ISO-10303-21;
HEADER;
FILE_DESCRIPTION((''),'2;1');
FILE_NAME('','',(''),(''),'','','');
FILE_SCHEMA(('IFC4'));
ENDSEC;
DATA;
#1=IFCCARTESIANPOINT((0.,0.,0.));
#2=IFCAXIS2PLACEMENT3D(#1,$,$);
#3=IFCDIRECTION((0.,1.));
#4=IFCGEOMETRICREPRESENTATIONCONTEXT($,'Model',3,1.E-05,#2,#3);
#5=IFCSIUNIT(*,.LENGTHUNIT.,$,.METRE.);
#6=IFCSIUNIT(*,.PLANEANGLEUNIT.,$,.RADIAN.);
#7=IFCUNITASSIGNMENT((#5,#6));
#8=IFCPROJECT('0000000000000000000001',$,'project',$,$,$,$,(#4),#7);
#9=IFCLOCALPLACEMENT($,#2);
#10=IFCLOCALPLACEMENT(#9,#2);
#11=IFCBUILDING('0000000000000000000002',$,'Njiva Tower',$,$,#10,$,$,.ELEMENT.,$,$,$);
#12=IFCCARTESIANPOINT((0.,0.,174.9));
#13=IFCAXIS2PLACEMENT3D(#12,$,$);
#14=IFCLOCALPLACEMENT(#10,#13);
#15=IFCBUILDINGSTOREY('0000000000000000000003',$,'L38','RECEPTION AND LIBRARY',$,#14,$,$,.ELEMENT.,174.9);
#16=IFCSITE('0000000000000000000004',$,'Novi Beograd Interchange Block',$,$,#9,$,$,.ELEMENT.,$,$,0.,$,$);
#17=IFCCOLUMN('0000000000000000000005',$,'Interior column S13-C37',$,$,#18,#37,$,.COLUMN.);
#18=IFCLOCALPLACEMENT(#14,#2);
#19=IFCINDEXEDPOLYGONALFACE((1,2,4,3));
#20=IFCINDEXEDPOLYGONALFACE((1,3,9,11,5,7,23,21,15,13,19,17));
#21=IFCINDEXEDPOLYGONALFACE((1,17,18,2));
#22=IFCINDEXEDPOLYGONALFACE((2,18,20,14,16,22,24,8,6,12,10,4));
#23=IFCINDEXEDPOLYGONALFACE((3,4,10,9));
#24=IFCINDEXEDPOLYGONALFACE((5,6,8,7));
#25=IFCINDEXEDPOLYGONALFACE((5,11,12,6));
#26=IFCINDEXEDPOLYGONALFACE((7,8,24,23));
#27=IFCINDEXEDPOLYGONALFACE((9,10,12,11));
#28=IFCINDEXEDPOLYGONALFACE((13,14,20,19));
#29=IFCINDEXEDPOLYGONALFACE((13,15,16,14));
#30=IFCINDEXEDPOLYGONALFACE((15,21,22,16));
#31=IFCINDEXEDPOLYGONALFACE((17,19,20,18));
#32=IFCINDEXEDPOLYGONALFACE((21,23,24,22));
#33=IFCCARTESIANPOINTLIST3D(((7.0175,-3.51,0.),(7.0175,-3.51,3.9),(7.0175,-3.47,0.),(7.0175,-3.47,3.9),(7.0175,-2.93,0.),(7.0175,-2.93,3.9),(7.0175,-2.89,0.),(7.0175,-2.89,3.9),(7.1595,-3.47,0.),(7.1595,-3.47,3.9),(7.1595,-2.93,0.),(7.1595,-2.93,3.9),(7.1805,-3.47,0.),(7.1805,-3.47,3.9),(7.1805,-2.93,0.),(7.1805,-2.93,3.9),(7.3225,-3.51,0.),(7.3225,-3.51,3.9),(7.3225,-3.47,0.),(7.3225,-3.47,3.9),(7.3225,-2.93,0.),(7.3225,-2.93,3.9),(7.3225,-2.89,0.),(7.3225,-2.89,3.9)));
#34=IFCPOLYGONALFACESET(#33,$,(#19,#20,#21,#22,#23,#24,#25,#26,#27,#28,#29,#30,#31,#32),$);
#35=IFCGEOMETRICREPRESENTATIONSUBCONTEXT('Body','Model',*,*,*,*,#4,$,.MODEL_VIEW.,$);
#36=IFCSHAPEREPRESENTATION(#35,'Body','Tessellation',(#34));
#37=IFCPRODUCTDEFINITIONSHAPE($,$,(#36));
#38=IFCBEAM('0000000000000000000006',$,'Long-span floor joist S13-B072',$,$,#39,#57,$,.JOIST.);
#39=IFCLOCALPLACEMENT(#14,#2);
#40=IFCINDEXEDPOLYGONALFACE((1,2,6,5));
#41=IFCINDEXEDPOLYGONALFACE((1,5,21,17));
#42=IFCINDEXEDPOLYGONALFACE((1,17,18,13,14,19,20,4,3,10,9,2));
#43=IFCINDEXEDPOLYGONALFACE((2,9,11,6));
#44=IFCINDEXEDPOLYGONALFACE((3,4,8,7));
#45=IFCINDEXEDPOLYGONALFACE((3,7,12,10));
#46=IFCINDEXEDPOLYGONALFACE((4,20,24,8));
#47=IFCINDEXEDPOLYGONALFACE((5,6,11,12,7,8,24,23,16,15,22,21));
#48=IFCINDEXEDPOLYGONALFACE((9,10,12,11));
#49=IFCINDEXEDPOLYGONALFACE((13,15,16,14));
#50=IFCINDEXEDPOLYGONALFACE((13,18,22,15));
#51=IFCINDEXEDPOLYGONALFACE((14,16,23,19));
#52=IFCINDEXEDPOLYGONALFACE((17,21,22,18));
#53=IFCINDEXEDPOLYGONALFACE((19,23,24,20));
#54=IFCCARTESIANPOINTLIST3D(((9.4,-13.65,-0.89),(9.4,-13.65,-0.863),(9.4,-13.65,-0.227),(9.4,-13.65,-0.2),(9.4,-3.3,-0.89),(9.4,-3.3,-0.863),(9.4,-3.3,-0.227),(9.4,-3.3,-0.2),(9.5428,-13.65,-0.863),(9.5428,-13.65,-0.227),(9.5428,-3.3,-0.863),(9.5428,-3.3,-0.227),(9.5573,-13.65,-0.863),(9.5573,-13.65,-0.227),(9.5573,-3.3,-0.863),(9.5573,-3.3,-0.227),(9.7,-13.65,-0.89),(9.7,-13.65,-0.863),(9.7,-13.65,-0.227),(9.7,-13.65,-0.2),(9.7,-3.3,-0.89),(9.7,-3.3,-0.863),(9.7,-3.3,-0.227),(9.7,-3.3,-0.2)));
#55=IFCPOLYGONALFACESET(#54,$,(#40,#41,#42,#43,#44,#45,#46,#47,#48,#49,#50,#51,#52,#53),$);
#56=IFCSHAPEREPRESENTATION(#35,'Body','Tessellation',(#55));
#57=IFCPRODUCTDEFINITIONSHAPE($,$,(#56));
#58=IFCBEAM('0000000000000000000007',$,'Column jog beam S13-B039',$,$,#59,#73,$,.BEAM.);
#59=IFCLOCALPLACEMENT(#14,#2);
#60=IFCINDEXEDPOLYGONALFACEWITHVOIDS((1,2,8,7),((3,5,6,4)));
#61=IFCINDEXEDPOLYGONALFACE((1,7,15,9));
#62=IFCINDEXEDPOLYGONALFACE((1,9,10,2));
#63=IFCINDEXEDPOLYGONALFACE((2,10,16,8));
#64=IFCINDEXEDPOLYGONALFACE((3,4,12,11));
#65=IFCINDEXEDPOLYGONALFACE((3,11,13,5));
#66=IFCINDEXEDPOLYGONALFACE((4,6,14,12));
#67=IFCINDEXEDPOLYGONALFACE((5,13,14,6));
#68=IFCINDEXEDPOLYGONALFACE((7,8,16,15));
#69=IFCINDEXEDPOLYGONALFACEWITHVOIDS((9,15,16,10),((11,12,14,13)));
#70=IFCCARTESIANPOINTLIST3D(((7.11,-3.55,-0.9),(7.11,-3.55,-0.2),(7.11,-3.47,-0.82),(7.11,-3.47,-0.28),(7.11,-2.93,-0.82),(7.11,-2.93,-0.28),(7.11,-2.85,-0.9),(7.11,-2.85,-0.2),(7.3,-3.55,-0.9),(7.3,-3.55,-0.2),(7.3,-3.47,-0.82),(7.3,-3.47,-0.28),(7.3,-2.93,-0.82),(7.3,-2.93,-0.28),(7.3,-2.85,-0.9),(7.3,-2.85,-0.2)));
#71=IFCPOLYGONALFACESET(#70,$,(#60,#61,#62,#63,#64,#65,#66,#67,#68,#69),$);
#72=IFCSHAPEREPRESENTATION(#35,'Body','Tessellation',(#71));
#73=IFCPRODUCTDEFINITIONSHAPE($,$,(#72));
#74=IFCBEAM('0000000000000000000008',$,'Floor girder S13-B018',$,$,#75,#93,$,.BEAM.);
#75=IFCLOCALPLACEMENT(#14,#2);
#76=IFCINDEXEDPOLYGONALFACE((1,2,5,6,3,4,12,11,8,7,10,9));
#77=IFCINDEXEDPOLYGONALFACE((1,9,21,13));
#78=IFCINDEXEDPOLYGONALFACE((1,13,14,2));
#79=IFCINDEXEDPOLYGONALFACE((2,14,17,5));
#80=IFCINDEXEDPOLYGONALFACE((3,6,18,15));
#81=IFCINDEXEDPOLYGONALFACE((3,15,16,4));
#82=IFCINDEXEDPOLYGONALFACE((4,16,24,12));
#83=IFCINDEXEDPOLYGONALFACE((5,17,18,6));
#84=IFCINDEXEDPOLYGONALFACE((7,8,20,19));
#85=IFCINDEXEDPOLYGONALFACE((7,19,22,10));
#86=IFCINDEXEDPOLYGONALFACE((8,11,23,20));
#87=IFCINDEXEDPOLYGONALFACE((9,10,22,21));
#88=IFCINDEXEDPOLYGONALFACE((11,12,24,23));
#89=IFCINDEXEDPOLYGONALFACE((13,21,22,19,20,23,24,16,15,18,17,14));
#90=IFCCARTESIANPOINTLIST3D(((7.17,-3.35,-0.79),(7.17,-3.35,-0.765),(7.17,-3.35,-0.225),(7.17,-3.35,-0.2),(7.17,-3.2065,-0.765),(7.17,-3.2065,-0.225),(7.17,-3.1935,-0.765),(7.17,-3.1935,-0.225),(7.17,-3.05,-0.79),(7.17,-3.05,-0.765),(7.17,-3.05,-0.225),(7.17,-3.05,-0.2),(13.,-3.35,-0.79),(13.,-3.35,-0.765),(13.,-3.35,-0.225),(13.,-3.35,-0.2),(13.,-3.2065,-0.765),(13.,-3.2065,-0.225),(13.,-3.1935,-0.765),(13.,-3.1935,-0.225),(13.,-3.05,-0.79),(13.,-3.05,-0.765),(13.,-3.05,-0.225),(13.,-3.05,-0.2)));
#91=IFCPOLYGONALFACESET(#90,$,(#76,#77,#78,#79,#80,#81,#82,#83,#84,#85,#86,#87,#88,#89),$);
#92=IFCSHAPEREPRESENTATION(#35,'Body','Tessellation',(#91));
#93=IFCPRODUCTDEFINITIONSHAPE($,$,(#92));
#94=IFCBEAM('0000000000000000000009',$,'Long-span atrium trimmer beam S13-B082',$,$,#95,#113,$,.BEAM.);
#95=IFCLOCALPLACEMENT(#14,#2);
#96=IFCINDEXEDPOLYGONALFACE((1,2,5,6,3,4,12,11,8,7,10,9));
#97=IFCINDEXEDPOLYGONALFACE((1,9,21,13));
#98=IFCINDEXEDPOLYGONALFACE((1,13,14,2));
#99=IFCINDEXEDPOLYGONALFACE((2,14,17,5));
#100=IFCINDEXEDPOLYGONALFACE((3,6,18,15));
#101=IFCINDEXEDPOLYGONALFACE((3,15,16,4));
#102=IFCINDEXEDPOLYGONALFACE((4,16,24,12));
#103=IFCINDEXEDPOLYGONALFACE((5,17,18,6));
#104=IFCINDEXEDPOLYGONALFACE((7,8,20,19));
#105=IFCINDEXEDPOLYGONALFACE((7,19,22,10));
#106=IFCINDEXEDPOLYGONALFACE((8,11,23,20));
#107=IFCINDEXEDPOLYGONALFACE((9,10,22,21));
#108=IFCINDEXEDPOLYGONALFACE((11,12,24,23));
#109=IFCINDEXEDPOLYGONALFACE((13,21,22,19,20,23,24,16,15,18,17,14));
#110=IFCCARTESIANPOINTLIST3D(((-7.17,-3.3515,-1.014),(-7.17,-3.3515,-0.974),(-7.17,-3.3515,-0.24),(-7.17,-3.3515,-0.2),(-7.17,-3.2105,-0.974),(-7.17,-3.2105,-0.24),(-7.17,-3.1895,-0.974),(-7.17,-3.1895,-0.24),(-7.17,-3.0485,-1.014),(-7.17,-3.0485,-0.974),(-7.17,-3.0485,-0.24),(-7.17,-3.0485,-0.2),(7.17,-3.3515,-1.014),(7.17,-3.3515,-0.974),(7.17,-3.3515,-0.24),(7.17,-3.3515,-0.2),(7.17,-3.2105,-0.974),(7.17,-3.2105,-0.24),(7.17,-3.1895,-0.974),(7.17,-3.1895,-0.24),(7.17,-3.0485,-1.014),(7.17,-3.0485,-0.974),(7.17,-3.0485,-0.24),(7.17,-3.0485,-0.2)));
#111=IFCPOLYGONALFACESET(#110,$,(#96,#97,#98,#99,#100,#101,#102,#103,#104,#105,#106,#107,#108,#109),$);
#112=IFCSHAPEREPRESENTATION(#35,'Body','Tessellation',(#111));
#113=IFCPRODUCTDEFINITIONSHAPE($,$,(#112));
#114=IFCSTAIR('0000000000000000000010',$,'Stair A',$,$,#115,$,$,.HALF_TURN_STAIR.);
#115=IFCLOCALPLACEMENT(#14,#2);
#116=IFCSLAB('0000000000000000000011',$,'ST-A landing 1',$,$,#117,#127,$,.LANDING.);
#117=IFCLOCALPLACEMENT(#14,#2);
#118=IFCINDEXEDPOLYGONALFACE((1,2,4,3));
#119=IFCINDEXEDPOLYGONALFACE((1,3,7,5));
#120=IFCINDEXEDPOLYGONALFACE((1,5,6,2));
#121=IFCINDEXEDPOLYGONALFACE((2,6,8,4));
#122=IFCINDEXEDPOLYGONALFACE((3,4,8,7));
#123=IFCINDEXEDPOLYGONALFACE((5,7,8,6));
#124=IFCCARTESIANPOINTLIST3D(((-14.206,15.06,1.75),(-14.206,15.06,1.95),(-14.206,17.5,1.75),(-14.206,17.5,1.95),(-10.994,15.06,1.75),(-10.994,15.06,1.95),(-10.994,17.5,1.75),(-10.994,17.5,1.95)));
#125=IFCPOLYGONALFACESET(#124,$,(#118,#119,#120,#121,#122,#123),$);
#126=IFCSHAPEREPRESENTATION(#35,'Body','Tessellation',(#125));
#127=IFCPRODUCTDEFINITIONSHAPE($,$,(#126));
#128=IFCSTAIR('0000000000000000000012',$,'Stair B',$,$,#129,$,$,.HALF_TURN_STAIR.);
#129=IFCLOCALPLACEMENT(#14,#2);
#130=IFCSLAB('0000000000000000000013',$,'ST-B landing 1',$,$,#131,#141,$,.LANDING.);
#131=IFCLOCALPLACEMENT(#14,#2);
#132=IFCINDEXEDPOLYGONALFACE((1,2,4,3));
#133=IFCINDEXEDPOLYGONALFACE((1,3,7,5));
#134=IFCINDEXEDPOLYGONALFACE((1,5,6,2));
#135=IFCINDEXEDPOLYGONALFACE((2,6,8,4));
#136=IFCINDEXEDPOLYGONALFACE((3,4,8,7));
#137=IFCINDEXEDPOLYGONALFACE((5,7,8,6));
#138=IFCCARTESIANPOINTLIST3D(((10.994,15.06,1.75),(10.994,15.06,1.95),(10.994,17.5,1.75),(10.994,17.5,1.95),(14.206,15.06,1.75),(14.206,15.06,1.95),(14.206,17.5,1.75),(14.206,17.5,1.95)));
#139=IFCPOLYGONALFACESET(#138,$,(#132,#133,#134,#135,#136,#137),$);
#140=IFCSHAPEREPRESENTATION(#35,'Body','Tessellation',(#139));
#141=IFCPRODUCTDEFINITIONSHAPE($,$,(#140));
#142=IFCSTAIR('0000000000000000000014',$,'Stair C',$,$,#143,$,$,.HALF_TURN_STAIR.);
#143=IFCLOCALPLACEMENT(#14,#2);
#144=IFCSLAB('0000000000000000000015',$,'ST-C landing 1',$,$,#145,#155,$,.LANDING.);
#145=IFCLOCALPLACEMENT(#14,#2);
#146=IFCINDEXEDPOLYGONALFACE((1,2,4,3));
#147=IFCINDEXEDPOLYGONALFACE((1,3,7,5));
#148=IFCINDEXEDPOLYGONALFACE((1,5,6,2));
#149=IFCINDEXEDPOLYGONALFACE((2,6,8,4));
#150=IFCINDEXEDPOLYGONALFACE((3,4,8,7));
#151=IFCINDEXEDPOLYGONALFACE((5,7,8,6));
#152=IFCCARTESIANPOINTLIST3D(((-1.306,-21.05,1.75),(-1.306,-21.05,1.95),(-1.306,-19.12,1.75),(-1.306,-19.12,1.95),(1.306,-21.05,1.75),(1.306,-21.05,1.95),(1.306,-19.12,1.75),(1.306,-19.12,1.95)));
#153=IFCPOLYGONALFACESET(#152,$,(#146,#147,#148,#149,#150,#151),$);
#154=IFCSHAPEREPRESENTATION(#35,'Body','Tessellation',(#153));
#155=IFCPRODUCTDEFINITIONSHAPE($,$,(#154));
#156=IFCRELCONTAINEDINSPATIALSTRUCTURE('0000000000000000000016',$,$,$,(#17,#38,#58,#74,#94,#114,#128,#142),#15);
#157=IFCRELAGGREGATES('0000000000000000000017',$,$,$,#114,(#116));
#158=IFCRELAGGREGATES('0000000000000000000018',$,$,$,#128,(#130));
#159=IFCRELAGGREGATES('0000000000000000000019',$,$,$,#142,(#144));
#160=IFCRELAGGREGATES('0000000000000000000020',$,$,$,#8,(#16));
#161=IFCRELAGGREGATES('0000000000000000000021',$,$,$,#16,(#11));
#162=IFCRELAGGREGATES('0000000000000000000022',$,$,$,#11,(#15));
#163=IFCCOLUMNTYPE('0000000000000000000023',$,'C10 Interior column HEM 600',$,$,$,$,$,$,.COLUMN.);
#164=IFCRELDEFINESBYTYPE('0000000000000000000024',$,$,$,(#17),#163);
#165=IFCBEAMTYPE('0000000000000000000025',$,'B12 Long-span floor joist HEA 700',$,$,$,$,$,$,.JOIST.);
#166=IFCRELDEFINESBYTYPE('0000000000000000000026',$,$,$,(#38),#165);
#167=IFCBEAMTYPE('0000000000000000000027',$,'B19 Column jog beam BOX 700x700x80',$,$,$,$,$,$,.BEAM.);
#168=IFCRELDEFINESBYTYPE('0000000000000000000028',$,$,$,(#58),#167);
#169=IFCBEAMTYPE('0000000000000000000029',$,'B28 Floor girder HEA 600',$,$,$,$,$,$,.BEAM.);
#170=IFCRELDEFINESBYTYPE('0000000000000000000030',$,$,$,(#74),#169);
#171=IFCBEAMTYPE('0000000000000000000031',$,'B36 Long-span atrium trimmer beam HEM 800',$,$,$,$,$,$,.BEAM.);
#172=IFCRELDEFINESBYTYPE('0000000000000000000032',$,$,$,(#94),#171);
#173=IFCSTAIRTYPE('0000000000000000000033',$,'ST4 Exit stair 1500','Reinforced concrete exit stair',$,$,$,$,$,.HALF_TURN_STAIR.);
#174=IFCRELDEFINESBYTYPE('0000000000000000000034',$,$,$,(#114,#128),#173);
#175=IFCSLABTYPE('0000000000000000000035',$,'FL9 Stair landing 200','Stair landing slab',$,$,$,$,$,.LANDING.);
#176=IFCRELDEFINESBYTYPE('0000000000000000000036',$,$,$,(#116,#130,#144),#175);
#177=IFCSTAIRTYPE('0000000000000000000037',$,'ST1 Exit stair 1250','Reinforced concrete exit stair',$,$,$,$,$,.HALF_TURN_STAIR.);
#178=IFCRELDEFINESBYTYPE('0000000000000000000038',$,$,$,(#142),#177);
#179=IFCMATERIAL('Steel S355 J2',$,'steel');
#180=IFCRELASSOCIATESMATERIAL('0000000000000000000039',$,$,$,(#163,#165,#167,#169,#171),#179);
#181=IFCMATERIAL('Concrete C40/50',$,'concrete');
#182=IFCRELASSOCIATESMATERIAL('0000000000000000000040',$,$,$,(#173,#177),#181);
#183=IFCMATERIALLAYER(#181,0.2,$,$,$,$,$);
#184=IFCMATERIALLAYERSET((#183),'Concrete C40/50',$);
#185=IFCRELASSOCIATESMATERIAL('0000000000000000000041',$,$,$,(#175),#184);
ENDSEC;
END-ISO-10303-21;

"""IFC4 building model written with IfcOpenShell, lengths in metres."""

from ifc_helpers import new_model, si_unit, direction, frame, origin, origin_2d, place, context, subcontext, project, spatial, polyline, hollow_rectangle, i_section, outline, extrude, material, layer, layer_set, material_profile, profile_set, type_object, element, aggregate, save


model = new_model("IFC4")

# Units and contexts
model_context = context("Model", 3, precision=1e-05, world=origin(), true_north=direction((0.0, 1.0)))
body_context = subcontext(model_context, "Body", "Model", "MODEL_VIEW")
ifc_project = project(units=[si_unit("LENGTHUNIT", "METRE"), si_unit("PLANEANGLEUNIT", "RADIAN")], contexts=[model_context])

# Site, building, storey
site_placement = place(None, origin())
site = spatial("IfcSite", under=ifc_project, at=site_placement, Name="Novi Beograd Interchange Block", CompositionType="ELEMENT", RefElevation=0.0)
building_placement = place(site_placement, origin())
building = spatial("IfcBuilding", under=site, at=building_placement, Name="Njiva Tower", CompositionType="ELEMENT")
storey_placement = place(building_placement, frame((0.0, 0.0, 174.9)))
storey = spatial("IfcBuildingStorey", under=building, at=storey_placement, Name="L38", Description="RECEPTION AND LIBRARY", CompositionType="ELEMENT", Elevation=174.9)

# Column
ifc_material_1 = material(Name="Steel S355 J2", Category="steel")
ifc_material_profile_1 = material_profile(ifc_material_1, i_section(OverallWidth=0.305, OverallDepth=0.62, WebThickness=0.021, FlangeThickness=0.04, at=origin_2d()), Name="HEM 600")
ifc_profile_set_1 = profile_set([ifc_material_profile_1], Name="Steel S355 J2")
column_type = type_object("IfcColumnType", Name="C10 Interior column HEM 600", PredefinedType="COLUMN", material=ifc_profile_set_1)
column_placement = place(storey_placement, frame((7.17, -3.2, 0.0), z_axis=(0.0, 0.0, 1.0), x_axis=(1.0, 0.0, 0.0)))
element("IfcColumn", 1, at=column_placement, inside=storey, type_object=column_type, Name="Interior column S13-C37", PredefinedType="COLUMN", context=body_context, shape_type="SweptSolid", body=[
    extrude(i_section(OverallWidth=0.305, OverallDepth=0.62, WebThickness=0.021, FlangeThickness=0.04, at=origin_2d()), origin(), (0.0, 0.0, 1.0), 3.9),
])

# Beams
ifc_material_profile_2 = material_profile(ifc_material_1, i_section(OverallWidth=0.3, OverallDepth=0.69, WebThickness=0.0145, FlangeThickness=0.027, at=origin_2d()), Name="HEA 700")
ifc_profile_set_2 = profile_set([ifc_material_profile_2], Name="Steel S355 J2")
beam_type_1 = type_object("IfcBeamType", Name="B12 Long-span floor joist HEA 700", PredefinedType="JOIST", material=ifc_profile_set_2)
beam_1_placement = place(storey_placement, frame((9.55, -3.3, -0.545), z_axis=(0.0, -1.0, 0.0), x_axis=(1.0, 0.0, 0.0)))
element("IfcBeam", 2, at=beam_1_placement, inside=storey, type_object=beam_type_1, Name="Long-span floor joist S13-B072", PredefinedType="JOIST", context=body_context, shape_type="SweptSolid", body=[
    extrude(i_section(OverallWidth=0.3, OverallDepth=0.69, WebThickness=0.0145, FlangeThickness=0.027, at=origin_2d()), origin(), (0.0, 0.0, 1.0), 10.35),
])
ifc_material_profile_3 = material_profile(ifc_material_1, hollow_rectangle(XDim=0.7, YDim=0.7, WallThickness=0.08, at=origin_2d()), Name="BOX 700x700x80")
ifc_profile_set_3 = profile_set([ifc_material_profile_3], Name="Steel S355 J2")
beam_type_2 = type_object("IfcBeamType", Name="B19 Column jog beam BOX 700x700x80", PredefinedType="BEAM", material=ifc_profile_set_3)
beam_2_placement = place(storey_placement, frame((7.3, -3.2, -0.55), z_axis=(-1.0, 0.0, 0.0), x_axis=(0.0, -1.0, 0.0)))
element("IfcBeam", 3, at=beam_2_placement, inside=storey, type_object=beam_type_2, Name="Column jog beam S13-B039", PredefinedType="BEAM", context=body_context, shape_type="SweptSolid", body=[
    extrude(hollow_rectangle(XDim=0.7, YDim=0.7, WallThickness=0.08, at=origin_2d()), origin(), (0.0, 0.0, 1.0), 0.19),
])
ifc_material_profile_4 = material_profile(ifc_material_1, i_section(OverallWidth=0.3, OverallDepth=0.59, WebThickness=0.013, FlangeThickness=0.025, at=origin_2d()), Name="HEA 600")
ifc_profile_set_4 = profile_set([ifc_material_profile_4], Name="Steel S355 J2")
beam_type_3 = type_object("IfcBeamType", Name="B28 Floor girder HEA 600", PredefinedType="BEAM", material=ifc_profile_set_4)
beam_3_placement = place(storey_placement, frame((7.17, -3.2, -0.495), z_axis=(1.0, 0.0, 0.0), x_axis=(0.0, 1.0, 0.0)))
element("IfcBeam", 4, at=beam_3_placement, inside=storey, type_object=beam_type_3, Name="Floor girder S13-B018", PredefinedType="BEAM", context=body_context, shape_type="SweptSolid", body=[
    extrude(i_section(OverallWidth=0.3, OverallDepth=0.59, WebThickness=0.013, FlangeThickness=0.025, at=origin_2d()), origin(), (0.0, 0.0, 1.0), 5.83),
])
ifc_material_profile_5 = material_profile(ifc_material_1, i_section(OverallWidth=0.303, OverallDepth=0.814, WebThickness=0.021, FlangeThickness=0.04, at=origin_2d()), Name="HEM 800")
ifc_profile_set_5 = profile_set([ifc_material_profile_5], Name="Steel S355 J2")
beam_type_4 = type_object("IfcBeamType", Name="B36 Long-span atrium trimmer beam HEM 800", PredefinedType="BEAM", material=ifc_profile_set_5)
beam_4_placement = place(storey_placement, frame((7.17, -3.2, -0.607), z_axis=(-1.0, 0.0, 0.0), x_axis=(0.0, -1.0, 0.0)))
element("IfcBeam", 5, at=beam_4_placement, inside=storey, type_object=beam_type_4, Name="Long-span atrium trimmer beam S13-B082", PredefinedType="BEAM", context=body_context, shape_type="SweptSolid", body=[
    extrude(i_section(OverallWidth=0.303, OverallDepth=0.814, WebThickness=0.021, FlangeThickness=0.04, at=origin_2d()), origin(), (0.0, 0.0, 1.0), 14.34),
])

# Stairs, slabs
ifc_material_2 = material(Name="Concrete C40/50", Category="concrete")
stair_type_1 = type_object("IfcStairType", Name="ST4 Exit stair 1500", Description="Reinforced concrete exit stair", PredefinedType="HALF_TURN_STAIR", material=ifc_material_2)
stair_1_placement = place(storey_placement, origin())
stair_1 = element("IfcStair", 6, at=stair_1_placement, inside=storey, type_object=stair_type_1, Name="Stair A", PredefinedType="HALF_TURN_STAIR")
ifc_layer_1 = layer(ifc_material_2, 0.2)
ifc_layer_set_1 = layer_set([ifc_layer_1], Name="Concrete C40/50")
slab_type_1 = type_object("IfcSlabType", Name="FL9 Stair landing 200", Description="Stair landing slab", PredefinedType="LANDING", material=ifc_layer_set_1)
slab_1_placement = place(storey_placement, frame((0.0, 0.0, 1.75)))
slab_1 = element("IfcSlab", 7, at=slab_1_placement, type_object=slab_type_1, Name="ST-A landing 1", PredefinedType="LANDING", context=body_context, shape_type="SweptSolid", body=[
    extrude(outline(polyline([(-14.206, 15.06), (-10.994, 15.06), (-10.994, 17.5), (-14.206, 17.5), (-14.206, 15.06)])), origin(), (0.0, 0.0, 1.0), 0.2),
])
aggregate(stair_1, [slab_1])
stair_2_placement = place(storey_placement, origin())
stair_2 = element("IfcStair", 8, at=stair_2_placement, inside=storey, type_object=stair_type_1, Name="Stair B", PredefinedType="HALF_TURN_STAIR")
slab_2_placement = place(storey_placement, frame((0.0, 0.0, 1.75)))
slab_2 = element("IfcSlab", 9, at=slab_2_placement, type_object=slab_type_1, Name="ST-B landing 1", PredefinedType="LANDING", context=body_context, shape_type="SweptSolid", body=[
    extrude(outline(polyline([(10.994, 15.06), (14.206, 15.06), (14.206, 17.5), (10.994, 17.5), (10.994, 15.06)])), origin(), (0.0, 0.0, 1.0), 0.2),
])
aggregate(stair_2, [slab_2])
stair_type_2 = type_object("IfcStairType", Name="ST1 Exit stair 1250", Description="Reinforced concrete exit stair", PredefinedType="HALF_TURN_STAIR", material=ifc_material_2)
stair_3_placement = place(storey_placement, origin())
stair_3 = element("IfcStair", 10, at=stair_3_placement, inside=storey, type_object=stair_type_2, Name="Stair C", PredefinedType="HALF_TURN_STAIR")
slab_3_placement = place(storey_placement, frame((0.0, 0.0, 1.75)))
slab_3 = element("IfcSlab", 11, at=slab_3_placement, type_object=slab_type_1, Name="ST-C landing 1", PredefinedType="LANDING", context=body_context, shape_type="SweptSolid", body=[
    extrude(outline(polyline([(-1.306, -21.05), (1.306, -21.05), (1.306, -19.12), (-1.306, -19.12), (-1.306, -21.05)])), origin(), (0.0, 0.0, 1.0), 0.2),
])
aggregate(stair_3, [slab_3])

save(model, "model.ifc")
